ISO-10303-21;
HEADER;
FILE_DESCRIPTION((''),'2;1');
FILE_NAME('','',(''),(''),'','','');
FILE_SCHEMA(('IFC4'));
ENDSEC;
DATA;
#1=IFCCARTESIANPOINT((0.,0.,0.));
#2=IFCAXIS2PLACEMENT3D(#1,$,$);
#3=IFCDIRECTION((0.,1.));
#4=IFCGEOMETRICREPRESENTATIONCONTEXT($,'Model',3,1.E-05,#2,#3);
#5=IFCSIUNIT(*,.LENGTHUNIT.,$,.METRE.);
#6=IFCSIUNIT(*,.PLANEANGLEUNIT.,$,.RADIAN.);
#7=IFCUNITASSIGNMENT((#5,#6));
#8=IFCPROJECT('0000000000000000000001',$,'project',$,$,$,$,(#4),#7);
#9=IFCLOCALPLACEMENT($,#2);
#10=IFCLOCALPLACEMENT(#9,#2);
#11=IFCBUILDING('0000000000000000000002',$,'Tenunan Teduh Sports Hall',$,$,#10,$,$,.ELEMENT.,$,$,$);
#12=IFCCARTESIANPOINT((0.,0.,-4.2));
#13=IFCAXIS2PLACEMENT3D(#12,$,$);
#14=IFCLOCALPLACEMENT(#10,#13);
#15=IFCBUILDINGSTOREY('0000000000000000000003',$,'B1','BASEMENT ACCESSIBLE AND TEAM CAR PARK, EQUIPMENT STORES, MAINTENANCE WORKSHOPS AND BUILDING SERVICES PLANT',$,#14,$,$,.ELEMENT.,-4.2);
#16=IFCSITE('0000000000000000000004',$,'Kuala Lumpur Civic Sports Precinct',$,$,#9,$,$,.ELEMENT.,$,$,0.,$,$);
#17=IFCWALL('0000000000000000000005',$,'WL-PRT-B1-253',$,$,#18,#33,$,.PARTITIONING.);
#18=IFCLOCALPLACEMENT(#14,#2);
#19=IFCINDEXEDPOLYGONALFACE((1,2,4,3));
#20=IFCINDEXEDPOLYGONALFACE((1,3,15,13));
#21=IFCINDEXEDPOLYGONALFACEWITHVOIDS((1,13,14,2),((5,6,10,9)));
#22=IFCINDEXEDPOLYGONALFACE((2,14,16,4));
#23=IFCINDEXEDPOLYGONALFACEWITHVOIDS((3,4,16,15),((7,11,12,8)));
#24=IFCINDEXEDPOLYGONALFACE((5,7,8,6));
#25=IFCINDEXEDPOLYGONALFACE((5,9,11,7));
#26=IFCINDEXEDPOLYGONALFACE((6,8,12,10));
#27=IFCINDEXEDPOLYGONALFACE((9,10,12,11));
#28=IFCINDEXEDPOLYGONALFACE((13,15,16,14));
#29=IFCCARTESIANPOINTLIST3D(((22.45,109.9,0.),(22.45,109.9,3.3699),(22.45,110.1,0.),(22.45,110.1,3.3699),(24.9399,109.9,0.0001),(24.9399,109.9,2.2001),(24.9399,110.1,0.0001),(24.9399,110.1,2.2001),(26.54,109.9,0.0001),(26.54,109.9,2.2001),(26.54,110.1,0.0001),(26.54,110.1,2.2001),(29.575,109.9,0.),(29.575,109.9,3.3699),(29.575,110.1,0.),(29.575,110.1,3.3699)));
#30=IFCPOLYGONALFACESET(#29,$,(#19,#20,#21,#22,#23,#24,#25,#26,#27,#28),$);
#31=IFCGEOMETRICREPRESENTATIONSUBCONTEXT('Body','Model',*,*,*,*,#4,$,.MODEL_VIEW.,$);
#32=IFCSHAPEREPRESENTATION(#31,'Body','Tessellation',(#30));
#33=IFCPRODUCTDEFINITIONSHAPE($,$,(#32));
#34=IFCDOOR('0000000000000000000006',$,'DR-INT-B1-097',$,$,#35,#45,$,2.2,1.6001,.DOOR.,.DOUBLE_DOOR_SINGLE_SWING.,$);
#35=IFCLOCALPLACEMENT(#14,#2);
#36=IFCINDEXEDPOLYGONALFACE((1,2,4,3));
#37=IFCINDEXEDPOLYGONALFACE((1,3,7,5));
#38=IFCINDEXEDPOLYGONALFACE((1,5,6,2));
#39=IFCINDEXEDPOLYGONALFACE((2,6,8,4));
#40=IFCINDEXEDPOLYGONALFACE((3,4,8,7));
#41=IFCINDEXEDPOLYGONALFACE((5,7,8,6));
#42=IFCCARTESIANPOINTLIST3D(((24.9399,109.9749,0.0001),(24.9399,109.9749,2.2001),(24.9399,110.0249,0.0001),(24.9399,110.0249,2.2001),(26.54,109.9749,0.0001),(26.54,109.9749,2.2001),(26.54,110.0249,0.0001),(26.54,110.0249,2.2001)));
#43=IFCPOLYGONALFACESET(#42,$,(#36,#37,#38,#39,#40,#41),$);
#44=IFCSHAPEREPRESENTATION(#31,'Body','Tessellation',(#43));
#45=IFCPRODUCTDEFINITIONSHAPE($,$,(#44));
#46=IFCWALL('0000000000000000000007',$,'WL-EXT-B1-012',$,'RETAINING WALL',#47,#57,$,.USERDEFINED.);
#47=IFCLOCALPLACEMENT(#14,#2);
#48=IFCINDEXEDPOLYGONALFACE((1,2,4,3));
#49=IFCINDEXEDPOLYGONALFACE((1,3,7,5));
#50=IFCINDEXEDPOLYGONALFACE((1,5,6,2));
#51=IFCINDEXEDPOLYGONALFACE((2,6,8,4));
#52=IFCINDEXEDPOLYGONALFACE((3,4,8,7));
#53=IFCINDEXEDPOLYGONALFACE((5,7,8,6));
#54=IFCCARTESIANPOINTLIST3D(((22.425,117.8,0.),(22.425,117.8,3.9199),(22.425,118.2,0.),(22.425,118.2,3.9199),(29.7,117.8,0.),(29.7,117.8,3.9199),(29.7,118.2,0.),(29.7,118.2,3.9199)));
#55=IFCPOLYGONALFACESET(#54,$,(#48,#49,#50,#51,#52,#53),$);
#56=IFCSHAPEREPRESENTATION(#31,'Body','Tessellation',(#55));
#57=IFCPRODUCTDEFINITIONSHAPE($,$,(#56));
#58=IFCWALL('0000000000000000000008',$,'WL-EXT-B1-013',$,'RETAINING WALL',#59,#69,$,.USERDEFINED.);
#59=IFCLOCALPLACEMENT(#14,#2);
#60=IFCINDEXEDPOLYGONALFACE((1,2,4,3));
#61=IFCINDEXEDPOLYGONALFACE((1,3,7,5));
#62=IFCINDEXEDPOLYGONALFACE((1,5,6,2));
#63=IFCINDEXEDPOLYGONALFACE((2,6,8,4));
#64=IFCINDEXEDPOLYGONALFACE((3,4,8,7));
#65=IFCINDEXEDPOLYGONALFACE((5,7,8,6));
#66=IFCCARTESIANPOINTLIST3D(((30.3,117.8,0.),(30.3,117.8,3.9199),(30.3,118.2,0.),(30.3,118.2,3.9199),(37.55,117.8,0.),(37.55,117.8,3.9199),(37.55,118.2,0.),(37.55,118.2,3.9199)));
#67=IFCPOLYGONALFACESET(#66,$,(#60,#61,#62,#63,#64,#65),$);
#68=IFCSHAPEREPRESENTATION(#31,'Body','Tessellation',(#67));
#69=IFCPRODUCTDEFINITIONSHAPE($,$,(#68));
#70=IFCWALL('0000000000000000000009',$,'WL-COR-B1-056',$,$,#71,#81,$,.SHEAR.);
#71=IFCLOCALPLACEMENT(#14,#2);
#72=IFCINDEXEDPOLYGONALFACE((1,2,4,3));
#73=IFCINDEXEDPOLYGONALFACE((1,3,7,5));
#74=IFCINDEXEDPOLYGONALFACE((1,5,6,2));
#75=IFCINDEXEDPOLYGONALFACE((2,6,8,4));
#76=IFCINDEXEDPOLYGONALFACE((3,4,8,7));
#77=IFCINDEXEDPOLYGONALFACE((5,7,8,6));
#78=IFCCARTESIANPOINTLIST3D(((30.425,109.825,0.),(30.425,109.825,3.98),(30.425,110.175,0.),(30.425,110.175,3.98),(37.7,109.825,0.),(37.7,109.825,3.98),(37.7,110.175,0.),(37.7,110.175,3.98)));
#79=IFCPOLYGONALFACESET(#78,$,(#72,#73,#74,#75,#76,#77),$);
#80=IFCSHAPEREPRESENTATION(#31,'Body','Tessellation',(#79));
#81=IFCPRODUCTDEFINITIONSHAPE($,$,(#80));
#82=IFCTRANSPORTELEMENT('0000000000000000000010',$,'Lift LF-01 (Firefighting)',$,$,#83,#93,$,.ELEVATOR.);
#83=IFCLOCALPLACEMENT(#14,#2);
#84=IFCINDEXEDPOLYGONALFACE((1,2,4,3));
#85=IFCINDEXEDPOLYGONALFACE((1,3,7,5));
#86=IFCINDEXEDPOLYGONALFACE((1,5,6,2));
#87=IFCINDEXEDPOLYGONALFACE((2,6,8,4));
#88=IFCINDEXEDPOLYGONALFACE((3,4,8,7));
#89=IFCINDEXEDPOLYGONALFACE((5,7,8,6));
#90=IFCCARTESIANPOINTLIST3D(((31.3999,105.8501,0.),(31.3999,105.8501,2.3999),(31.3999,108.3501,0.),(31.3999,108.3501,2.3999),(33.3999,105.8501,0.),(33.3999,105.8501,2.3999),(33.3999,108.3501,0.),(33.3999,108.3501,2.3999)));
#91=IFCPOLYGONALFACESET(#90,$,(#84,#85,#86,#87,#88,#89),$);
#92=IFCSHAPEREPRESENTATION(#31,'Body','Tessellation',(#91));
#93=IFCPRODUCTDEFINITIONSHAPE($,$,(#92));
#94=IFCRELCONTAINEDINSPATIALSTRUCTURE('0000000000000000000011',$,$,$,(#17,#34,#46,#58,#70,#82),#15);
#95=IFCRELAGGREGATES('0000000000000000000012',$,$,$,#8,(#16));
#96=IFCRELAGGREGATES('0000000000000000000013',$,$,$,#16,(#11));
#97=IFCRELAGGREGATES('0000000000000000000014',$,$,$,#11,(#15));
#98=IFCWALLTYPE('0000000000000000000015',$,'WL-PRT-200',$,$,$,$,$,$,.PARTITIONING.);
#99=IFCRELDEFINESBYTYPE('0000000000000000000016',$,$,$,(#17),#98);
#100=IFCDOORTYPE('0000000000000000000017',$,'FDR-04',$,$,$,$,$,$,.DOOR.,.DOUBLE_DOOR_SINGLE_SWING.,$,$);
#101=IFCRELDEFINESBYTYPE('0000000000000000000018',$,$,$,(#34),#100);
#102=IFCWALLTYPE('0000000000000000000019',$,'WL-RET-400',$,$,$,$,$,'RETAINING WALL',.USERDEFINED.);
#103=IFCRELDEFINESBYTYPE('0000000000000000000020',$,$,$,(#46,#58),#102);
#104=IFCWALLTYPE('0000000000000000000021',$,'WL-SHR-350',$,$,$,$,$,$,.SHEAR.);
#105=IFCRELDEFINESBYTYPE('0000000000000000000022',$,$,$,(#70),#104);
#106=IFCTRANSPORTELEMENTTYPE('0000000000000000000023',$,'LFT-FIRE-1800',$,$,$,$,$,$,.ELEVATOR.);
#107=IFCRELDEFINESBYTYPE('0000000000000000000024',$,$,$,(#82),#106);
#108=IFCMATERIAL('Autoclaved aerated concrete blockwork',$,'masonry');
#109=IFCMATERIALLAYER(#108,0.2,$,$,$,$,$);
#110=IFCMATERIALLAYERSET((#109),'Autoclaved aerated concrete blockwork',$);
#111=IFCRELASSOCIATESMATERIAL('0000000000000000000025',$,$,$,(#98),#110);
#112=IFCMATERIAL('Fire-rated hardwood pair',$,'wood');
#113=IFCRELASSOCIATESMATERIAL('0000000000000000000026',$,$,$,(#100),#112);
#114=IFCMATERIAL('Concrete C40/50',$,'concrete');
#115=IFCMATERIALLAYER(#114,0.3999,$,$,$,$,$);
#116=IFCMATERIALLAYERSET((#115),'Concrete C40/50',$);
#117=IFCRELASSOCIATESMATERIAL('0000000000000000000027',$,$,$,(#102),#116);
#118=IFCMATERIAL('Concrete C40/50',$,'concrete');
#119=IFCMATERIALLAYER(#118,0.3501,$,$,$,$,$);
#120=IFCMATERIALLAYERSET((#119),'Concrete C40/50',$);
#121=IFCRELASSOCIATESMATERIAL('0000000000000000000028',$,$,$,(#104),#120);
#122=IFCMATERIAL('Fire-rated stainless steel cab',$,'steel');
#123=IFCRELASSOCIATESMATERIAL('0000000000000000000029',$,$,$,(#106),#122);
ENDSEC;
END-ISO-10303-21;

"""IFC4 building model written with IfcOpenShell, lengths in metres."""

from ifc_helpers import new_model, si_unit, direction, frame, frame_2d, origin, origin_2d, place, context, subcontext, project, spatial, rectangle, extrude, material, layer, layer_set, type_object, element, fill, save


model = new_model("IFC4")

# Units and contexts
model_context = context("Model", 3, precision=1e-05, world=origin(), true_north=direction((0.0, 1.0)))
body_context = subcontext(model_context, "Body", "Model", "MODEL_VIEW")
ifc_project = project(units=[si_unit("LENGTHUNIT", "METRE"), si_unit("PLANEANGLEUNIT", "RADIAN")], contexts=[model_context])

# Site, building, storey
site_placement = place(None, origin())
site = spatial("IfcSite", under=ifc_project, at=site_placement, Name="Kuala Lumpur Civic Sports Precinct", CompositionType="ELEMENT", RefElevation=0.0)
building_placement = place(site_placement, origin())
building = spatial("IfcBuilding", under=site, at=building_placement, Name="Tenunan Teduh Sports Hall", CompositionType="ELEMENT")
storey_placement = place(building_placement, frame((0.0, 0.0, -4.2)))
storey = spatial("IfcBuildingStorey", under=building, at=storey_placement, Name="B1", Description="BASEMENT ACCESSIBLE AND TEAM CAR PARK, EQUIPMENT STORES, MAINTENANCE WORKSHOPS AND BUILDING SERVICES PLANT", CompositionType="ELEMENT", Elevation=-4.2)

# Wall, opening, door
ifc_material_1 = material(Name="Autoclaved aerated concrete blockwork", Category="masonry")
ifc_layer_1 = layer(ifc_material_1, 0.2)
ifc_layer_set_1 = layer_set([ifc_layer_1], Name="Autoclaved aerated concrete blockwork")
wall_type_1 = type_object("IfcWallType", Name="WL-PRT-200", PredefinedType="PARTITIONING", material=ifc_layer_set_1)
wall_1_placement = place(storey_placement, frame((22.45, 110.0, 0.0), z_axis=(0.0, 0.0, 1.0), x_axis=(1.0, 0.0, 0.0)))
wall_1 = element("IfcWall", 1, at=wall_1_placement, inside=storey, type_object=wall_type_1, Name="WL-PRT-B1-253", PredefinedType="PARTITIONING", context=body_context, shape_type="SweptSolid", body=[
    extrude(rectangle(XDim=7.125, YDim=0.2, at=frame_2d((3.5625, 0.0))), origin(), (0.0, 0.0, 1.0), 3.3699),
])
opening_placement = place(wall_1_placement, frame((2.49, 0.0, 0.0)))
opening = element("IfcOpeningElement", 2, at=opening_placement, cuts=wall_1, PredefinedType="OPENING", context=body_context, shape_type="SweptSolid", body=[
    extrude(rectangle(XDim=1.6001, YDim=2.2, at=frame_2d((0.8, 1.1001))), frame((0.0, 0.1099, 0.0), z_axis=(0.0, -1.0, 0.0), x_axis=(1.0, 0.0, 0.0)), (0.0, 0.0, 1.0), 0.22),
])
ifc_material_2 = material(Name="Fire-rated hardwood pair", Category="wood")
door_type = type_object("IfcDoorType", Name="FDR-04", OperationType="DOUBLE_DOOR_SINGLE_SWING", PredefinedType="DOOR", material=ifc_material_2)
door_placement = place(opening_placement, origin())
door = element("IfcDoor", 3, at=door_placement, inside=storey, type_object=door_type, Name="DR-INT-B1-097", OperationType="DOUBLE_DOOR_SINGLE_SWING", OverallHeight=2.2, OverallWidth=1.6001, PredefinedType="DOOR", context=body_context, shape_type="SweptSolid", body=[
    extrude(rectangle(XDim=1.6001, YDim=2.2, at=frame_2d((0.8, 1.1001))), frame((0.0, 0.0249, 0.0), z_axis=(0.0, -1.0, 0.0), x_axis=(1.0, 0.0, 0.0)), (0.0, 0.0, 1.0), 0.05),
])
fill(opening, door)

# Walls
ifc_material_3 = material(Name="Concrete C40/50", Category="concrete")
ifc_layer_2 = layer(ifc_material_3, 0.3999)
ifc_layer_set_2 = layer_set([ifc_layer_2], Name="Concrete C40/50")
wall_type_2 = type_object("IfcWallType", Name="WL-RET-400", ElementType="RETAINING WALL", PredefinedType="USERDEFINED", material=ifc_layer_set_2)
wall_2_placement = place(storey_placement, frame((22.425, 118.0, 0.0), z_axis=(0.0, 0.0, 1.0), x_axis=(1.0, 0.0, 0.0)))
element("IfcWall", 4, at=wall_2_placement, inside=storey, type_object=wall_type_2, Name="WL-EXT-B1-012", ObjectType="RETAINING WALL", PredefinedType="USERDEFINED", context=body_context, shape_type="SweptSolid", body=[
    extrude(rectangle(XDim=7.2749, YDim=0.3999, at=frame_2d((3.6375, 0.0))), origin(), (0.0, 0.0, 1.0), 3.9199),
])
wall_3_placement = place(storey_placement, frame((30.3, 118.0, 0.0), z_axis=(0.0, 0.0, 1.0), x_axis=(1.0, 0.0, 0.0)))
element("IfcWall", 5, at=wall_3_placement, inside=storey, type_object=wall_type_2, Name="WL-EXT-B1-013", ObjectType="RETAINING WALL", PredefinedType="USERDEFINED", context=body_context, shape_type="SweptSolid", body=[
    extrude(rectangle(XDim=7.25, YDim=0.3999, at=frame_2d((3.625, 0.0))), origin(), (0.0, 0.0, 1.0), 3.9199),
])
ifc_material_4 = material(Name="Concrete C40/50", Category="concrete")
ifc_layer_3 = layer(ifc_material_4, 0.3501)
ifc_layer_set_3 = layer_set([ifc_layer_3], Name="Concrete C40/50")
wall_type_3 = type_object("IfcWallType", Name="WL-SHR-350", PredefinedType="SHEAR", material=ifc_layer_set_3)
wall_4_placement = place(storey_placement, frame((30.425, 110.0, 0.0), z_axis=(0.0, 0.0, 1.0), x_axis=(1.0, 0.0, 0.0)))
element("IfcWall", 6, at=wall_4_placement, inside=storey, type_object=wall_type_3, Name="WL-COR-B1-056", PredefinedType="SHEAR", context=body_context, shape_type="SweptSolid", body=[
    extrude(rectangle(XDim=7.2749, YDim=0.3501, at=frame_2d((3.6375, 0.0))), origin(), (0.0, 0.0, 1.0), 3.98),
])

# Transport element
ifc_material_5 = material(Name="Fire-rated stainless steel cab", Category="steel")
transport_element_type = type_object("IfcTransportElementType", Name="LFT-FIRE-1800", PredefinedType="ELEVATOR", material=ifc_material_5)
transport_element_placement = place(storey_placement, frame((32.3999, 107.1001, 0.0), z_axis=(0.0, 0.0, 1.0), x_axis=(1.0, 0.0, 0.0)))
element("IfcTransportElement", 7, at=transport_element_placement, inside=storey, type_object=transport_element_type, Name="Lift LF-01 (Firefighting)", PredefinedType="ELEVATOR", context=body_context, shape_type="SweptSolid", body=[
    extrude(rectangle(XDim=2.0, YDim=2.5, at=origin_2d()), origin(), (0.0, 0.0, 1.0), 2.3999),
])

save(model, "model.ifc")
